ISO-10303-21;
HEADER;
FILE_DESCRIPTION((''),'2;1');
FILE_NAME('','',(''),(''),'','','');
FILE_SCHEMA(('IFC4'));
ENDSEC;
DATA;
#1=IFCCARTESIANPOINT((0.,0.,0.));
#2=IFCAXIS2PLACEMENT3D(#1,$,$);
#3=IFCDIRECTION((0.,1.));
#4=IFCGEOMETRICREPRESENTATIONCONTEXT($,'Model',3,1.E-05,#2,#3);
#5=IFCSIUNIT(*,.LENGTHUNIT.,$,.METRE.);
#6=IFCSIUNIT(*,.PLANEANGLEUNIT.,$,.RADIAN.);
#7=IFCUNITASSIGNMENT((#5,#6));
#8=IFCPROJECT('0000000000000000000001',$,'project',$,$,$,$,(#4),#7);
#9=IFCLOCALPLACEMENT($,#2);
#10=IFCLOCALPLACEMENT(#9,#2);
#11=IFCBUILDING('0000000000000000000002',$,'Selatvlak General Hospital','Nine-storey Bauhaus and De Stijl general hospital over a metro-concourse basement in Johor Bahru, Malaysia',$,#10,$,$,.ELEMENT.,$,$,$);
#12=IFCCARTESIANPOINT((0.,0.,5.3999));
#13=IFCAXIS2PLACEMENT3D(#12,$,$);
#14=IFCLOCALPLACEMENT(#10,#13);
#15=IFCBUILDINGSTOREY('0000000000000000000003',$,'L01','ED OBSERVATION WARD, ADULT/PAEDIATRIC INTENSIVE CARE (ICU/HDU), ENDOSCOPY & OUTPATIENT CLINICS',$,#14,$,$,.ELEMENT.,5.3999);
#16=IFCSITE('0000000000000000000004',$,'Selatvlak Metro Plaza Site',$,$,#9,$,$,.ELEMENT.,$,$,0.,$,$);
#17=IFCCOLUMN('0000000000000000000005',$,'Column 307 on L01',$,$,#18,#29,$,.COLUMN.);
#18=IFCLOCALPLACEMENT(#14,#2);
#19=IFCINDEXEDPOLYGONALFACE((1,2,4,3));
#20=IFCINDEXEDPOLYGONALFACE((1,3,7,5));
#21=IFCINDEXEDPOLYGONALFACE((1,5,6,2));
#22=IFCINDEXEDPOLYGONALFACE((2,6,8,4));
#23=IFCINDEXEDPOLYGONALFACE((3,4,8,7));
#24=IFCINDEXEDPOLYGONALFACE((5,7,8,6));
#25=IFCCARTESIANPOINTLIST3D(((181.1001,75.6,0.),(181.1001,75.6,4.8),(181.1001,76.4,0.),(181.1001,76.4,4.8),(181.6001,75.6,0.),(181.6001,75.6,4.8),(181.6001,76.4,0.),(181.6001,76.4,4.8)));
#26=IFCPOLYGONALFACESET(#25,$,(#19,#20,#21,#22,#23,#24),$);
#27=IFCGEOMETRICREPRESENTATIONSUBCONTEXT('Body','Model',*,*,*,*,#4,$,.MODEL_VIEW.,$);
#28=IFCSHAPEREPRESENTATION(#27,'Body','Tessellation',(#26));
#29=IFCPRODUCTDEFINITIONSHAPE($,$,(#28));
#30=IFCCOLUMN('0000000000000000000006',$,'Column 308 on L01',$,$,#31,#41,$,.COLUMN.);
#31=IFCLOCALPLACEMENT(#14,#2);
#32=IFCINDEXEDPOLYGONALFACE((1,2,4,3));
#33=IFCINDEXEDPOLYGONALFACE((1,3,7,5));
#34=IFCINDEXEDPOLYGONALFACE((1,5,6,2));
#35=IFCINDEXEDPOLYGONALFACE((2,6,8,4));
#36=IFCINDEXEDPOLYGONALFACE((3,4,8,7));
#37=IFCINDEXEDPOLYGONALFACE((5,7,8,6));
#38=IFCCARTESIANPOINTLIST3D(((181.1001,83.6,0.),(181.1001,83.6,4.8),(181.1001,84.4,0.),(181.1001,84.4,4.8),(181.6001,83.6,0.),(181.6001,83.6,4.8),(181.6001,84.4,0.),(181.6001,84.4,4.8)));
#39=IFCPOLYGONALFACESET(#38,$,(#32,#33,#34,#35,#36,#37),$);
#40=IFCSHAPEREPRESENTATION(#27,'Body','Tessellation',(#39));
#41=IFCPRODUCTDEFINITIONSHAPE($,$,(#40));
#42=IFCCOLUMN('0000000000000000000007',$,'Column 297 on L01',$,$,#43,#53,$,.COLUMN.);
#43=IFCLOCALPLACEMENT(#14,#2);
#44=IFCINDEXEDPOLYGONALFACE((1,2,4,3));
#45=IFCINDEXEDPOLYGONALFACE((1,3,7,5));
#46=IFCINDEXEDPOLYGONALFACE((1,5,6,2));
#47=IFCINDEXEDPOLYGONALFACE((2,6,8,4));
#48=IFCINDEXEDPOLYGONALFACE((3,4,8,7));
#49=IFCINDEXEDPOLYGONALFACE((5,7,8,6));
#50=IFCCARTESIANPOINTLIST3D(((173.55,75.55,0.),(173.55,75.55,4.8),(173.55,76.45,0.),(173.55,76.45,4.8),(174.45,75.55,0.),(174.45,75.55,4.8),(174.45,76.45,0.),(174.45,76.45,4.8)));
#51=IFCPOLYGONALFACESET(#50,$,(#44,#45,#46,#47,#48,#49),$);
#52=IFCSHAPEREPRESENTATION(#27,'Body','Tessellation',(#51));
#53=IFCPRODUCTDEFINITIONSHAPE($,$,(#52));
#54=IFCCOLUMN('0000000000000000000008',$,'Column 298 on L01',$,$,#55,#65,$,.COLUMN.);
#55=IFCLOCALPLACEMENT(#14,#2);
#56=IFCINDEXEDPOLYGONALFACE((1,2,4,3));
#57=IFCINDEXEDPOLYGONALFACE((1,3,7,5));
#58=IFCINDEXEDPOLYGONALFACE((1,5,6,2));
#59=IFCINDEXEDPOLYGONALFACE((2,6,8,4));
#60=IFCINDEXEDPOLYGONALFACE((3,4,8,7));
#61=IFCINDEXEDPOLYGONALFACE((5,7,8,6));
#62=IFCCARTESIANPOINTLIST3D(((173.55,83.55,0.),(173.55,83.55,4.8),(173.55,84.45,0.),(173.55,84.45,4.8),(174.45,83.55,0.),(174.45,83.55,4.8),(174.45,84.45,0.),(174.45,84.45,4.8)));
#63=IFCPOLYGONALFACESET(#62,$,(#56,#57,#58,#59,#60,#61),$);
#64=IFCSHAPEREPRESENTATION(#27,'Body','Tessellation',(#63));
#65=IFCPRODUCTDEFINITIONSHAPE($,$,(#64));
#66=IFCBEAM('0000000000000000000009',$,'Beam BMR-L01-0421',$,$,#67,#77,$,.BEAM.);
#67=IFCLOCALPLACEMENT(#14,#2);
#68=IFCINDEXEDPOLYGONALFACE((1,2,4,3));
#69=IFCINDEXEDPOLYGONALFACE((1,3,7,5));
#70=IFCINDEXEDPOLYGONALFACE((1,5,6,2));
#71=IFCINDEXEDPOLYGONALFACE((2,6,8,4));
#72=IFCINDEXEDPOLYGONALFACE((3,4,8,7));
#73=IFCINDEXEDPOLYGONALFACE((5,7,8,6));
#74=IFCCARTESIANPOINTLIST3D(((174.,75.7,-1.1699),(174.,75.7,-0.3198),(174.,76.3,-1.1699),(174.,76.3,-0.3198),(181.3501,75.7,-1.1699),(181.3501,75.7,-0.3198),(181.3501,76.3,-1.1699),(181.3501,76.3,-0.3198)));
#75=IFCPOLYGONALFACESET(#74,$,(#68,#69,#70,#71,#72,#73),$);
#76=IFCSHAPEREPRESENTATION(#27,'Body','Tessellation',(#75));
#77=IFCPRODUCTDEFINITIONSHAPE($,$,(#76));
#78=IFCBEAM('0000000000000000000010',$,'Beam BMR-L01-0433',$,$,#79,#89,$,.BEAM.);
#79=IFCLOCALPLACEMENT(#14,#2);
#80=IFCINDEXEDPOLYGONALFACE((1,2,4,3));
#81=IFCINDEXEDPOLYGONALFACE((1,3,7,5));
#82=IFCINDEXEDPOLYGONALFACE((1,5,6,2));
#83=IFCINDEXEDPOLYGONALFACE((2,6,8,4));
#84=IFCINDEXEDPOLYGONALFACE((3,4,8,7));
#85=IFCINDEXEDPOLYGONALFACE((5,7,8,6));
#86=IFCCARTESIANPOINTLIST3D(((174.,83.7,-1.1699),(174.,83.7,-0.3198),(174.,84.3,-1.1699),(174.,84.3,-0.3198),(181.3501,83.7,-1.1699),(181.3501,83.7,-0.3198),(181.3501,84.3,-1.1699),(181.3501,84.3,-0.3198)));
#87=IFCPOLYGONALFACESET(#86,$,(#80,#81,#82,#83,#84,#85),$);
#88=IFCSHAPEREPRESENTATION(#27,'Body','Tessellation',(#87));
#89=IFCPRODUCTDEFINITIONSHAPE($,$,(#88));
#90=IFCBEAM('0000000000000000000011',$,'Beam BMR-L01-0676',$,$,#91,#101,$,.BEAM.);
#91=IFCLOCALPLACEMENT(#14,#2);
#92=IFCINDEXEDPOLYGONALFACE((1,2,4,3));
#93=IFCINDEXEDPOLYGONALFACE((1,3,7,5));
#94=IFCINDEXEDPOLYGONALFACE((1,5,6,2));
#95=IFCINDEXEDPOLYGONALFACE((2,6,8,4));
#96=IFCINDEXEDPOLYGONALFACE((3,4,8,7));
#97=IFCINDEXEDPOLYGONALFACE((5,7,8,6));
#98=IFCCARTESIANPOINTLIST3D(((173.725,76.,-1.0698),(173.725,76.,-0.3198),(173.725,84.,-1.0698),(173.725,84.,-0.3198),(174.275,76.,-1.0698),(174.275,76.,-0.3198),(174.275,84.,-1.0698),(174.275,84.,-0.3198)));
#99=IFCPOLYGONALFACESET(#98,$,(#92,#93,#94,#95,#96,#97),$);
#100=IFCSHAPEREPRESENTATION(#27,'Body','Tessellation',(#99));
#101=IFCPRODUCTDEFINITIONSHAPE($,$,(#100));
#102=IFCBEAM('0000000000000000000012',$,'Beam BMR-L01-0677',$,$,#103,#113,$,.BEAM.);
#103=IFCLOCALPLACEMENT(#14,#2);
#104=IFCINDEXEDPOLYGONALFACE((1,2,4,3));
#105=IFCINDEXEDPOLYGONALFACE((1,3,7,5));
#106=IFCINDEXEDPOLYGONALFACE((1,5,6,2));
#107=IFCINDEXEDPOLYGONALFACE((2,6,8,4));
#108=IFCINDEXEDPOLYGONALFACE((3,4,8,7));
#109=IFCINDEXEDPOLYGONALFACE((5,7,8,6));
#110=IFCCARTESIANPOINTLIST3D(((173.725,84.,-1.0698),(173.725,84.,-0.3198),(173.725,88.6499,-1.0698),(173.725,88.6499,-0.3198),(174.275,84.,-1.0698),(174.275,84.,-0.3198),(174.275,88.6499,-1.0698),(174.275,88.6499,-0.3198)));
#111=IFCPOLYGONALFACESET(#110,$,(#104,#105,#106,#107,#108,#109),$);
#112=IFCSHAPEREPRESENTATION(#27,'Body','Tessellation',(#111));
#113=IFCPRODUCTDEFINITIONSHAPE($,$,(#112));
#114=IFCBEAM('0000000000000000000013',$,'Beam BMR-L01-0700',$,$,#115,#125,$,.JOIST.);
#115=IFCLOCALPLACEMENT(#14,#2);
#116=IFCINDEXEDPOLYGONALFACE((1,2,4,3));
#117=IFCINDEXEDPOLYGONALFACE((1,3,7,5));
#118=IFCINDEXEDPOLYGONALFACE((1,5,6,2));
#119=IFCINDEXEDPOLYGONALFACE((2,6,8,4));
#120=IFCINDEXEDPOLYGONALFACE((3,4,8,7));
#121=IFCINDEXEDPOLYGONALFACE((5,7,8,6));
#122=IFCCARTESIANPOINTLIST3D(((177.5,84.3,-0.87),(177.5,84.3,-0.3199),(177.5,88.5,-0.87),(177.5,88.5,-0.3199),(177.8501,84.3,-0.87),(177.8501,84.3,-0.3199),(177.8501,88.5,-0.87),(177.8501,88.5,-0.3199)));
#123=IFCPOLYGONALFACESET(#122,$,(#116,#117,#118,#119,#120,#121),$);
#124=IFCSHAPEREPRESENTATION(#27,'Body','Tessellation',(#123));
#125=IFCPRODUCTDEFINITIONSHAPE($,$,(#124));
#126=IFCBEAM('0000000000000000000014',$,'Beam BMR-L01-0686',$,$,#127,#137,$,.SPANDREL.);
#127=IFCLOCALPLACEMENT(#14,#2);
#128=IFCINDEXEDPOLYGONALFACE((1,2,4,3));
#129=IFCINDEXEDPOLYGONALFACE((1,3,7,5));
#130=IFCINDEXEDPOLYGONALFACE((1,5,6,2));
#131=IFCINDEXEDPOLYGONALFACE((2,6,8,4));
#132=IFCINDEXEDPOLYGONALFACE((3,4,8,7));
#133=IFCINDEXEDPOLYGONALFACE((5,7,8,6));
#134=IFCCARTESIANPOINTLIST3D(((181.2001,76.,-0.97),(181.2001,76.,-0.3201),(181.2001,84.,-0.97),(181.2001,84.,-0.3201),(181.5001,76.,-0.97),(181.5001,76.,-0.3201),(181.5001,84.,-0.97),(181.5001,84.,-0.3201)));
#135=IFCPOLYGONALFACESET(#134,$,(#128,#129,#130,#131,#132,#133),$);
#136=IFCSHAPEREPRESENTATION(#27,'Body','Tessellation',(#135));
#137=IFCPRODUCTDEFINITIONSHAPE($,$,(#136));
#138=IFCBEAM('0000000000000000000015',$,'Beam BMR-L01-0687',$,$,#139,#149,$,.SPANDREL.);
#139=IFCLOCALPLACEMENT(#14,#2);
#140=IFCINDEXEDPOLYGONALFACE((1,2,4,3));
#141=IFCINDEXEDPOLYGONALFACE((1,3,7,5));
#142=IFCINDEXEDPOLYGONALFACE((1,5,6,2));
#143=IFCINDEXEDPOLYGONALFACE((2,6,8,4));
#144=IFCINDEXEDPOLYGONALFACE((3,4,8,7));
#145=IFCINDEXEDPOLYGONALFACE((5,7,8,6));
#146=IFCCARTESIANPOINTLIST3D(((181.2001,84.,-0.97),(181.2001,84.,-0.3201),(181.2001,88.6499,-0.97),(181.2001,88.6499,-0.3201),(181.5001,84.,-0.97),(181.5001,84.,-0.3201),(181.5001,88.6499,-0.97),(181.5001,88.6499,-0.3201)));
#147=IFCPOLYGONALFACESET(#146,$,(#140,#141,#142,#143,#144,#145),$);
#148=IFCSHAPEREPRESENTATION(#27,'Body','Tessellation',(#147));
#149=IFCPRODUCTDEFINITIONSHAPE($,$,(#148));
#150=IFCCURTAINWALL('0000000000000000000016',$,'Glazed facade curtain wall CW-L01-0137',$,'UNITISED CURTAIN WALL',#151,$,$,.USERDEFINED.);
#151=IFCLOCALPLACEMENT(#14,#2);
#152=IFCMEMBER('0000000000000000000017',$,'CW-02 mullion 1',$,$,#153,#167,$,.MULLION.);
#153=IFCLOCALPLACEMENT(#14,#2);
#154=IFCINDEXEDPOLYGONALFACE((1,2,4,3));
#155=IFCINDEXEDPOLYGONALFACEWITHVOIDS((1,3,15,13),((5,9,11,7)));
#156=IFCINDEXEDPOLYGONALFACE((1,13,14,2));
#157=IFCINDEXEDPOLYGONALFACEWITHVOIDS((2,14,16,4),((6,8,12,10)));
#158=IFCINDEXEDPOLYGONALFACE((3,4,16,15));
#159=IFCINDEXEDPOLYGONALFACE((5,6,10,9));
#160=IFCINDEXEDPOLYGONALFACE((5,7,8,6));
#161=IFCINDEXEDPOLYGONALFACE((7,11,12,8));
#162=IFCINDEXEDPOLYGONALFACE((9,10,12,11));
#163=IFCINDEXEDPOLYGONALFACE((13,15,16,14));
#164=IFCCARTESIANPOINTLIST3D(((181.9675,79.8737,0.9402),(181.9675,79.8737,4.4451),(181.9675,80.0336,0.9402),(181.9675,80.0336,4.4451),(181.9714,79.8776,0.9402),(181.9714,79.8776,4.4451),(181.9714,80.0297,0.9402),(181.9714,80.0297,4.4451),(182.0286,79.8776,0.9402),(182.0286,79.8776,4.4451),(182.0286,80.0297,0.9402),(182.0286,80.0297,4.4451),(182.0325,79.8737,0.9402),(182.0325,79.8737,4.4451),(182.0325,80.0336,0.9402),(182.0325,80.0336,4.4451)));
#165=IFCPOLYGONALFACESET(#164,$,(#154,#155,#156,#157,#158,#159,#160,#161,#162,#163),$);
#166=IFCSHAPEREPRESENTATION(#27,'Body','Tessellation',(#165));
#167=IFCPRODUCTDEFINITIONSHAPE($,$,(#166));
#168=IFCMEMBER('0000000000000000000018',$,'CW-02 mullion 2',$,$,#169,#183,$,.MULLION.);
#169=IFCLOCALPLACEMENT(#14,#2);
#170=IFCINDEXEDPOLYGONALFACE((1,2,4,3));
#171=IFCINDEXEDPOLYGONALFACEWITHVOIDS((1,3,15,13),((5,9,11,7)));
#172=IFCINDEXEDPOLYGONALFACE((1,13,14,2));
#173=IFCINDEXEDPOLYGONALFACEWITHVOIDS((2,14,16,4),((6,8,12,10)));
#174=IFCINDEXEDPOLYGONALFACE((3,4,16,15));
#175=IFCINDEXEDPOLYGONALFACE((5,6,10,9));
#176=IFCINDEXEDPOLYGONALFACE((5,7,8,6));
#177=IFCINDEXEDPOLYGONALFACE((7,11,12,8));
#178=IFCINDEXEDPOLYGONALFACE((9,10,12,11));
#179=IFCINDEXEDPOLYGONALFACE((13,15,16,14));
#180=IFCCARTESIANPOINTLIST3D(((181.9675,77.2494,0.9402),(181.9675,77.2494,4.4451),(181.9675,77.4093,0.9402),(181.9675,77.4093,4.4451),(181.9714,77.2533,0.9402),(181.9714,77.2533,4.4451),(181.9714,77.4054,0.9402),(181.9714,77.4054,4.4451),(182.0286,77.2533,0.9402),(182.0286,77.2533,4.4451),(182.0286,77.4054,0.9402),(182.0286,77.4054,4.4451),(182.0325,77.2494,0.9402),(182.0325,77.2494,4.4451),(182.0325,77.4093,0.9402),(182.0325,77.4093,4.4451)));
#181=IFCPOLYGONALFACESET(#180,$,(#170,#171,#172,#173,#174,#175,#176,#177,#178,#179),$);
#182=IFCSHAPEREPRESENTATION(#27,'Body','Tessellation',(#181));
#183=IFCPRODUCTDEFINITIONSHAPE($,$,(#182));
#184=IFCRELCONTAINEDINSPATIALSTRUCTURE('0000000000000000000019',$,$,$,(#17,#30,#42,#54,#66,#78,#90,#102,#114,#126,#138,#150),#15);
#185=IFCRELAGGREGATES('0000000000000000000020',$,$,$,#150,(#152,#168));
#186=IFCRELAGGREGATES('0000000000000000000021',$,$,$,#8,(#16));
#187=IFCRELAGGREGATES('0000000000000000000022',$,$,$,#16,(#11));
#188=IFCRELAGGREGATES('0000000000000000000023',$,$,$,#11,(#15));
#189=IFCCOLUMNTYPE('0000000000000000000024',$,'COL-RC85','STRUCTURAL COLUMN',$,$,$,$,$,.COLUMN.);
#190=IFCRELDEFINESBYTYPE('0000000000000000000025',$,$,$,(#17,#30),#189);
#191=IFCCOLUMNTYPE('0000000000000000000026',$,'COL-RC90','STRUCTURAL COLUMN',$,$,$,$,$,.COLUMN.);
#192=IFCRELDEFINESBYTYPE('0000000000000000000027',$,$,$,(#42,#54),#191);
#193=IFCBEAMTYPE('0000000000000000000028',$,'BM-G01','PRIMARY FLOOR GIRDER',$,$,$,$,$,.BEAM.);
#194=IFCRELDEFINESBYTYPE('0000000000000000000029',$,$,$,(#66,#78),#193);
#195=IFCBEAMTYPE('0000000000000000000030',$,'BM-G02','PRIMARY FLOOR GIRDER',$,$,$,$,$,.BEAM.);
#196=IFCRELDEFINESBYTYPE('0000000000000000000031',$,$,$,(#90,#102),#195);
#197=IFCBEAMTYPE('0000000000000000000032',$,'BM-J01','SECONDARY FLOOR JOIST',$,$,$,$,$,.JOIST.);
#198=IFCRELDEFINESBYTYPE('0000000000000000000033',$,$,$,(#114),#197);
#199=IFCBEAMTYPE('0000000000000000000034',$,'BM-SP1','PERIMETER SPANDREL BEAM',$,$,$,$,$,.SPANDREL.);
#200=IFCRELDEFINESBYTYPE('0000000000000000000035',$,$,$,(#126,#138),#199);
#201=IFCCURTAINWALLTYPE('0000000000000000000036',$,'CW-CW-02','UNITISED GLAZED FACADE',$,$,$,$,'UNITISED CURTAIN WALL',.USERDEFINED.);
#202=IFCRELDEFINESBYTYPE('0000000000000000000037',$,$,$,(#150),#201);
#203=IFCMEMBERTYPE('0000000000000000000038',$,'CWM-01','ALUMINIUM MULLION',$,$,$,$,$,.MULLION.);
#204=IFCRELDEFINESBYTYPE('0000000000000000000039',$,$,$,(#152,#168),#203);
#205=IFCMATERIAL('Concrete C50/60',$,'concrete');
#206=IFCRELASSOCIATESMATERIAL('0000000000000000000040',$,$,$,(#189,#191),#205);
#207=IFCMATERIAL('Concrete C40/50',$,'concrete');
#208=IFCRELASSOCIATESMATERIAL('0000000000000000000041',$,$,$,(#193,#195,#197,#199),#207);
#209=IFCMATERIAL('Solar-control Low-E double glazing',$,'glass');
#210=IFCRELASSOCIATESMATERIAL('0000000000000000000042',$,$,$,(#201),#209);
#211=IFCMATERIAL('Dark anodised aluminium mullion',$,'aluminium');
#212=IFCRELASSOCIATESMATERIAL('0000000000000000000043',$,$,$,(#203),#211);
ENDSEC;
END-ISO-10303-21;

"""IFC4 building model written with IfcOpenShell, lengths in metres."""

from ifc_helpers import new_model, si_unit, direction, frame, origin, origin_2d, place, context, subcontext, project, spatial, rectangle, hollow_rectangle, extrude, material, material_profile, profile_set, type_object, element, aggregate, save


model = new_model("IFC4")

# Units and contexts
model_context = context("Model", 3, precision=1e-05, world=origin(), true_north=direction((0.0, 1.0)))
body_context = subcontext(model_context, "Body", "Model", "MODEL_VIEW")
ifc_project = project(units=[si_unit("LENGTHUNIT", "METRE"), si_unit("PLANEANGLEUNIT", "RADIAN")], contexts=[model_context])

# Site, building, storey
site_placement = place(None, origin())
site = spatial("IfcSite", under=ifc_project, at=site_placement, Name="Selatvlak Metro Plaza Site", CompositionType="ELEMENT", RefElevation=0.0)
building_placement = place(site_placement, origin())
building = spatial("IfcBuilding", under=site, at=building_placement, Name="Selatvlak General Hospital", Description="Nine-storey Bauhaus and De Stijl general hospital over a metro-concourse basement in Johor Bahru, Malaysia", CompositionType="ELEMENT")
storey_placement = place(building_placement, frame((0.0, 0.0, 5.3999)))
storey = spatial("IfcBuildingStorey", under=building, at=storey_placement, Name="L01", Description="ED OBSERVATION WARD, ADULT/PAEDIATRIC INTENSIVE CARE (ICU/HDU), ENDOSCOPY & OUTPATIENT CLINICS", CompositionType="ELEMENT", Elevation=5.3999)

# Columns
ifc_material_1 = material(Name="Concrete C50/60", Category="concrete")
ifc_material_profile_1 = material_profile(ifc_material_1, rectangle(XDim=0.5, YDim=0.8, at=origin_2d()), Name="RC-COL 800x500")
ifc_profile_set_1 = profile_set([ifc_material_profile_1], Name="Concrete C50/60")
column_type_1 = type_object("IfcColumnType", Name="COL-RC85", Description="STRUCTURAL COLUMN", PredefinedType="COLUMN", material=ifc_profile_set_1)
for number, where, z_axis, x_axis, name in (
    (1, (181.3501, 76.0, 0.0), (0.0, 0.0, 1.0), (1.0, 0.0, 0.0), "Column 307 on L01"),
    (2, (181.3501, 84.0, 0.0), (0.0, 0.0, 1.0), (1.0, 0.0, 0.0), "Column 308 on L01"),
):
    element("IfcColumn", number, at=place(storey_placement, frame(where, z_axis=z_axis, x_axis=x_axis)), inside=storey, type_object=column_type_1, Name=name, PredefinedType="COLUMN", context=body_context, shape_type="SweptSolid", body=[
        extrude(rectangle(XDim=0.5, YDim=0.8, at=origin_2d()), origin(), (0.0, 0.0, 1.0), 4.8),
    ])
ifc_material_profile_2 = material_profile(ifc_material_1, rectangle(XDim=0.8999, YDim=0.8999, at=origin_2d()), Name="RC-COL 900x900")
ifc_profile_set_2 = profile_set([ifc_material_profile_2], Name="Concrete C50/60")
column_type_2 = type_object("IfcColumnType", Name="COL-RC90", Description="STRUCTURAL COLUMN", PredefinedType="COLUMN", material=ifc_profile_set_2)
for number, where, z_axis, x_axis, name in (
    (3, (174.0, 76.0, 0.0), (0.0, 0.0, 1.0), (1.0, 0.0, 0.0), "Column 297 on L01"),
    (4, (174.0, 84.0, 0.0), (0.0, 0.0, 1.0), (1.0, 0.0, 0.0), "Column 298 on L01"),
):
    element("IfcColumn", number, at=place(storey_placement, frame(where, z_axis=z_axis, x_axis=x_axis)), inside=storey, type_object=column_type_2, Name=name, PredefinedType="COLUMN", context=body_context, shape_type="SweptSolid", body=[
        extrude(rectangle(XDim=0.8999, YDim=0.8999, at=origin_2d()), origin(), (0.0, 0.0, 1.0), 4.8),
    ])

# Beams
ifc_material_2 = material(Name="Concrete C40/50", Category="concrete")
ifc_material_profile_3 = material_profile(ifc_material_2, rectangle(XDim=0.6001, YDim=0.8501, at=origin_2d()), Name="RC-BM 600x850")
ifc_profile_set_3 = profile_set([ifc_material_profile_3], Name="Concrete C40/50")
beam_type_1 = type_object("IfcBeamType", Name="BM-G01", Description="PRIMARY FLOOR GIRDER", PredefinedType="BEAM", material=ifc_profile_set_3)
for number, where, z_axis, x_axis, name in (
    (5, (174.0, 76.0, -0.7449), (1.0, 0.0, 0.0), (0.0, 1.0, 0.0), "Beam BMR-L01-0421"),
    (6, (174.0, 84.0, -0.7449), (1.0, 0.0, 0.0), (0.0, 1.0, 0.0), "Beam BMR-L01-0433"),
):
    element("IfcBeam", number, at=place(storey_placement, frame(where, z_axis=z_axis, x_axis=x_axis)), inside=storey, type_object=beam_type_1, Name=name, PredefinedType="BEAM", context=body_context, shape_type="SweptSolid", body=[
        extrude(rectangle(XDim=0.6001, YDim=0.8501, at=origin_2d()), origin(), (0.0, 0.0, 1.0), 7.3501),
    ])
ifc_material_profile_4 = material_profile(ifc_material_2, rectangle(XDim=0.55, YDim=0.75, at=origin_2d()), Name="RC-BM 550x750")
ifc_profile_set_4 = profile_set([ifc_material_profile_4], Name="Concrete C40/50")
beam_type_2 = type_object("IfcBeamType", Name="BM-G02", Description="PRIMARY FLOOR GIRDER", PredefinedType="BEAM", material=ifc_profile_set_4)
beam_1_placement = place(storey_placement, frame((174.0, 76.0, -0.6948), z_axis=(0.0, 1.0, 0.0), x_axis=(-1.0, 0.0, 0.0)))
element("IfcBeam", 7, at=beam_1_placement, inside=storey, type_object=beam_type_2, Name="Beam BMR-L01-0676", PredefinedType="BEAM", context=body_context, shape_type="SweptSolid", body=[
    extrude(rectangle(XDim=0.55, YDim=0.75, at=origin_2d()), origin(), (0.0, 0.0, 1.0), 8.0),
])
beam_2_placement = place(storey_placement, frame((174.0, 84.0, -0.6948), z_axis=(0.0, 1.0, 0.0), x_axis=(-1.0, 0.0, 0.0)))
element("IfcBeam", 8, at=beam_2_placement, inside=storey, type_object=beam_type_2, Name="Beam BMR-L01-0677", PredefinedType="BEAM", context=body_context, shape_type="SweptSolid", body=[
    extrude(rectangle(XDim=0.55, YDim=0.75, at=origin_2d()), origin(), (0.0, 0.0, 1.0), 4.6499),
])
ifc_material_profile_5 = material_profile(ifc_material_2, rectangle(XDim=0.3501, YDim=0.55, at=origin_2d()), Name="RC-BM 350x550")
ifc_profile_set_5 = profile_set([ifc_material_profile_5], Name="Concrete C40/50")
beam_type_3 = type_object("IfcBeamType", Name="BM-J01", Description="SECONDARY FLOOR JOIST", PredefinedType="JOIST", material=ifc_profile_set_5)
beam_3_placement = place(storey_placement, frame((177.675, 84.3, -0.595), z_axis=(0.0, 1.0, 0.0), x_axis=(-1.0, 0.0, 0.0)))
element("IfcBeam", 9, at=beam_3_placement, inside=storey, type_object=beam_type_3, Name="Beam BMR-L01-0700", PredefinedType="JOIST", context=body_context, shape_type="SweptSolid", body=[
    extrude(rectangle(XDim=0.3501, YDim=0.55, at=origin_2d()), origin(), (0.0, 0.0, 1.0), 4.2),
])
ifc_material_profile_6 = material_profile(ifc_material_2, rectangle(XDim=0.3, YDim=0.6499, at=origin_2d()), Name="RC-SP 300x650")
ifc_profile_set_6 = profile_set([ifc_material_profile_6], Name="Concrete C40/50")
beam_type_4 = type_object("IfcBeamType", Name="BM-SP1", Description="PERIMETER SPANDREL BEAM", PredefinedType="SPANDREL", material=ifc_profile_set_6)
beam_4_placement = place(storey_placement, frame((181.3501, 76.0, -0.645), z_axis=(0.0, 1.0, 0.0), x_axis=(-1.0, 0.0, 0.0)))
element("IfcBeam", 10, at=beam_4_placement, inside=storey, type_object=beam_type_4, Name="Beam BMR-L01-0686", PredefinedType="SPANDREL", context=body_context, shape_type="SweptSolid", body=[
    extrude(rectangle(XDim=0.3, YDim=0.6499, at=origin_2d()), origin(), (0.0, 0.0, 1.0), 8.0),
])
beam_5_placement = place(storey_placement, frame((181.3501, 84.0, -0.645), z_axis=(0.0, 1.0, 0.0), x_axis=(-1.0, 0.0, 0.0)))
element("IfcBeam", 11, at=beam_5_placement, inside=storey, type_object=beam_type_4, Name="Beam BMR-L01-0687", PredefinedType="SPANDREL", context=body_context, shape_type="SweptSolid", body=[
    extrude(rectangle(XDim=0.3, YDim=0.6499, at=origin_2d()), origin(), (0.0, 0.0, 1.0), 4.6499),
])

# Curtain wall, members
ifc_material_3 = material(Name="Solar-control Low-E double glazing", Category="glass")
curtain_wall_type_1 = type_object("IfcCurtainWallType", Name="CW-CW-02", Description="UNITISED GLAZED FACADE", ElementType="UNITISED CURTAIN WALL", PredefinedType="USERDEFINED", material=ifc_material_3)
curtain_wall_1_placement = place(storey_placement, origin())
curtain_wall_1 = element("IfcCurtainWall", 12, at=curtain_wall_1_placement, inside=storey, type_object=curtain_wall_type_1, Name="Glazed facade curtain wall CW-L01-0137", ObjectType="UNITISED CURTAIN WALL", PredefinedType="USERDEFINED")
ifc_material_4 = material(Name="Dark anodised aluminium mullion", Category="aluminium")
ifc_material_profile_7 = material_profile(ifc_material_4, hollow_rectangle(XDim=0.0649, YDim=0.1599, WallThickness=0.0039, at=origin_2d()), Name="AL-MUL 65x160x4")
ifc_profile_set_7 = profile_set([ifc_material_profile_7], Name="Dark anodised aluminium mullion")
member_type_1 = type_object("IfcMemberType", Name="CWM-01", Description="ALUMINIUM MULLION", PredefinedType="MULLION", material=ifc_profile_set_7)
member_1_placement = place(storey_placement, frame((182.0, 79.9536, 0.9402), z_axis=(0.0, 0.0, 1.0), x_axis=(1.0, 0.0, 0.0)))
member_1 = element("IfcMember", 13, at=member_1_placement, type_object=member_type_1, Name="CW-02 mullion 1", PredefinedType="MULLION", context=body_context, shape_type="SweptSolid", body=[
    extrude(hollow_rectangle(XDim=0.0649, YDim=0.1599, WallThickness=0.0039, at=origin_2d()), origin(), (0.0, 0.0, 1.0), 3.5049),
])
member_2_placement = place(storey_placement, frame((182.0, 77.3293, 0.9402), z_axis=(0.0, 0.0, 1.0), x_axis=(1.0, 0.0, 0.0)))
member_2 = element("IfcMember", 14, at=member_2_placement, type_object=member_type_1, Name="CW-02 mullion 2", PredefinedType="MULLION", context=body_context, shape_type="SweptSolid", body=[
    extrude(hollow_rectangle(XDim=0.0649, YDim=0.1599, WallThickness=0.0039, at=origin_2d()), origin(), (0.0, 0.0, 1.0), 3.5049),
])

aggregate(curtain_wall_1, [member_1, member_2])

save(model, "model.ifc")
